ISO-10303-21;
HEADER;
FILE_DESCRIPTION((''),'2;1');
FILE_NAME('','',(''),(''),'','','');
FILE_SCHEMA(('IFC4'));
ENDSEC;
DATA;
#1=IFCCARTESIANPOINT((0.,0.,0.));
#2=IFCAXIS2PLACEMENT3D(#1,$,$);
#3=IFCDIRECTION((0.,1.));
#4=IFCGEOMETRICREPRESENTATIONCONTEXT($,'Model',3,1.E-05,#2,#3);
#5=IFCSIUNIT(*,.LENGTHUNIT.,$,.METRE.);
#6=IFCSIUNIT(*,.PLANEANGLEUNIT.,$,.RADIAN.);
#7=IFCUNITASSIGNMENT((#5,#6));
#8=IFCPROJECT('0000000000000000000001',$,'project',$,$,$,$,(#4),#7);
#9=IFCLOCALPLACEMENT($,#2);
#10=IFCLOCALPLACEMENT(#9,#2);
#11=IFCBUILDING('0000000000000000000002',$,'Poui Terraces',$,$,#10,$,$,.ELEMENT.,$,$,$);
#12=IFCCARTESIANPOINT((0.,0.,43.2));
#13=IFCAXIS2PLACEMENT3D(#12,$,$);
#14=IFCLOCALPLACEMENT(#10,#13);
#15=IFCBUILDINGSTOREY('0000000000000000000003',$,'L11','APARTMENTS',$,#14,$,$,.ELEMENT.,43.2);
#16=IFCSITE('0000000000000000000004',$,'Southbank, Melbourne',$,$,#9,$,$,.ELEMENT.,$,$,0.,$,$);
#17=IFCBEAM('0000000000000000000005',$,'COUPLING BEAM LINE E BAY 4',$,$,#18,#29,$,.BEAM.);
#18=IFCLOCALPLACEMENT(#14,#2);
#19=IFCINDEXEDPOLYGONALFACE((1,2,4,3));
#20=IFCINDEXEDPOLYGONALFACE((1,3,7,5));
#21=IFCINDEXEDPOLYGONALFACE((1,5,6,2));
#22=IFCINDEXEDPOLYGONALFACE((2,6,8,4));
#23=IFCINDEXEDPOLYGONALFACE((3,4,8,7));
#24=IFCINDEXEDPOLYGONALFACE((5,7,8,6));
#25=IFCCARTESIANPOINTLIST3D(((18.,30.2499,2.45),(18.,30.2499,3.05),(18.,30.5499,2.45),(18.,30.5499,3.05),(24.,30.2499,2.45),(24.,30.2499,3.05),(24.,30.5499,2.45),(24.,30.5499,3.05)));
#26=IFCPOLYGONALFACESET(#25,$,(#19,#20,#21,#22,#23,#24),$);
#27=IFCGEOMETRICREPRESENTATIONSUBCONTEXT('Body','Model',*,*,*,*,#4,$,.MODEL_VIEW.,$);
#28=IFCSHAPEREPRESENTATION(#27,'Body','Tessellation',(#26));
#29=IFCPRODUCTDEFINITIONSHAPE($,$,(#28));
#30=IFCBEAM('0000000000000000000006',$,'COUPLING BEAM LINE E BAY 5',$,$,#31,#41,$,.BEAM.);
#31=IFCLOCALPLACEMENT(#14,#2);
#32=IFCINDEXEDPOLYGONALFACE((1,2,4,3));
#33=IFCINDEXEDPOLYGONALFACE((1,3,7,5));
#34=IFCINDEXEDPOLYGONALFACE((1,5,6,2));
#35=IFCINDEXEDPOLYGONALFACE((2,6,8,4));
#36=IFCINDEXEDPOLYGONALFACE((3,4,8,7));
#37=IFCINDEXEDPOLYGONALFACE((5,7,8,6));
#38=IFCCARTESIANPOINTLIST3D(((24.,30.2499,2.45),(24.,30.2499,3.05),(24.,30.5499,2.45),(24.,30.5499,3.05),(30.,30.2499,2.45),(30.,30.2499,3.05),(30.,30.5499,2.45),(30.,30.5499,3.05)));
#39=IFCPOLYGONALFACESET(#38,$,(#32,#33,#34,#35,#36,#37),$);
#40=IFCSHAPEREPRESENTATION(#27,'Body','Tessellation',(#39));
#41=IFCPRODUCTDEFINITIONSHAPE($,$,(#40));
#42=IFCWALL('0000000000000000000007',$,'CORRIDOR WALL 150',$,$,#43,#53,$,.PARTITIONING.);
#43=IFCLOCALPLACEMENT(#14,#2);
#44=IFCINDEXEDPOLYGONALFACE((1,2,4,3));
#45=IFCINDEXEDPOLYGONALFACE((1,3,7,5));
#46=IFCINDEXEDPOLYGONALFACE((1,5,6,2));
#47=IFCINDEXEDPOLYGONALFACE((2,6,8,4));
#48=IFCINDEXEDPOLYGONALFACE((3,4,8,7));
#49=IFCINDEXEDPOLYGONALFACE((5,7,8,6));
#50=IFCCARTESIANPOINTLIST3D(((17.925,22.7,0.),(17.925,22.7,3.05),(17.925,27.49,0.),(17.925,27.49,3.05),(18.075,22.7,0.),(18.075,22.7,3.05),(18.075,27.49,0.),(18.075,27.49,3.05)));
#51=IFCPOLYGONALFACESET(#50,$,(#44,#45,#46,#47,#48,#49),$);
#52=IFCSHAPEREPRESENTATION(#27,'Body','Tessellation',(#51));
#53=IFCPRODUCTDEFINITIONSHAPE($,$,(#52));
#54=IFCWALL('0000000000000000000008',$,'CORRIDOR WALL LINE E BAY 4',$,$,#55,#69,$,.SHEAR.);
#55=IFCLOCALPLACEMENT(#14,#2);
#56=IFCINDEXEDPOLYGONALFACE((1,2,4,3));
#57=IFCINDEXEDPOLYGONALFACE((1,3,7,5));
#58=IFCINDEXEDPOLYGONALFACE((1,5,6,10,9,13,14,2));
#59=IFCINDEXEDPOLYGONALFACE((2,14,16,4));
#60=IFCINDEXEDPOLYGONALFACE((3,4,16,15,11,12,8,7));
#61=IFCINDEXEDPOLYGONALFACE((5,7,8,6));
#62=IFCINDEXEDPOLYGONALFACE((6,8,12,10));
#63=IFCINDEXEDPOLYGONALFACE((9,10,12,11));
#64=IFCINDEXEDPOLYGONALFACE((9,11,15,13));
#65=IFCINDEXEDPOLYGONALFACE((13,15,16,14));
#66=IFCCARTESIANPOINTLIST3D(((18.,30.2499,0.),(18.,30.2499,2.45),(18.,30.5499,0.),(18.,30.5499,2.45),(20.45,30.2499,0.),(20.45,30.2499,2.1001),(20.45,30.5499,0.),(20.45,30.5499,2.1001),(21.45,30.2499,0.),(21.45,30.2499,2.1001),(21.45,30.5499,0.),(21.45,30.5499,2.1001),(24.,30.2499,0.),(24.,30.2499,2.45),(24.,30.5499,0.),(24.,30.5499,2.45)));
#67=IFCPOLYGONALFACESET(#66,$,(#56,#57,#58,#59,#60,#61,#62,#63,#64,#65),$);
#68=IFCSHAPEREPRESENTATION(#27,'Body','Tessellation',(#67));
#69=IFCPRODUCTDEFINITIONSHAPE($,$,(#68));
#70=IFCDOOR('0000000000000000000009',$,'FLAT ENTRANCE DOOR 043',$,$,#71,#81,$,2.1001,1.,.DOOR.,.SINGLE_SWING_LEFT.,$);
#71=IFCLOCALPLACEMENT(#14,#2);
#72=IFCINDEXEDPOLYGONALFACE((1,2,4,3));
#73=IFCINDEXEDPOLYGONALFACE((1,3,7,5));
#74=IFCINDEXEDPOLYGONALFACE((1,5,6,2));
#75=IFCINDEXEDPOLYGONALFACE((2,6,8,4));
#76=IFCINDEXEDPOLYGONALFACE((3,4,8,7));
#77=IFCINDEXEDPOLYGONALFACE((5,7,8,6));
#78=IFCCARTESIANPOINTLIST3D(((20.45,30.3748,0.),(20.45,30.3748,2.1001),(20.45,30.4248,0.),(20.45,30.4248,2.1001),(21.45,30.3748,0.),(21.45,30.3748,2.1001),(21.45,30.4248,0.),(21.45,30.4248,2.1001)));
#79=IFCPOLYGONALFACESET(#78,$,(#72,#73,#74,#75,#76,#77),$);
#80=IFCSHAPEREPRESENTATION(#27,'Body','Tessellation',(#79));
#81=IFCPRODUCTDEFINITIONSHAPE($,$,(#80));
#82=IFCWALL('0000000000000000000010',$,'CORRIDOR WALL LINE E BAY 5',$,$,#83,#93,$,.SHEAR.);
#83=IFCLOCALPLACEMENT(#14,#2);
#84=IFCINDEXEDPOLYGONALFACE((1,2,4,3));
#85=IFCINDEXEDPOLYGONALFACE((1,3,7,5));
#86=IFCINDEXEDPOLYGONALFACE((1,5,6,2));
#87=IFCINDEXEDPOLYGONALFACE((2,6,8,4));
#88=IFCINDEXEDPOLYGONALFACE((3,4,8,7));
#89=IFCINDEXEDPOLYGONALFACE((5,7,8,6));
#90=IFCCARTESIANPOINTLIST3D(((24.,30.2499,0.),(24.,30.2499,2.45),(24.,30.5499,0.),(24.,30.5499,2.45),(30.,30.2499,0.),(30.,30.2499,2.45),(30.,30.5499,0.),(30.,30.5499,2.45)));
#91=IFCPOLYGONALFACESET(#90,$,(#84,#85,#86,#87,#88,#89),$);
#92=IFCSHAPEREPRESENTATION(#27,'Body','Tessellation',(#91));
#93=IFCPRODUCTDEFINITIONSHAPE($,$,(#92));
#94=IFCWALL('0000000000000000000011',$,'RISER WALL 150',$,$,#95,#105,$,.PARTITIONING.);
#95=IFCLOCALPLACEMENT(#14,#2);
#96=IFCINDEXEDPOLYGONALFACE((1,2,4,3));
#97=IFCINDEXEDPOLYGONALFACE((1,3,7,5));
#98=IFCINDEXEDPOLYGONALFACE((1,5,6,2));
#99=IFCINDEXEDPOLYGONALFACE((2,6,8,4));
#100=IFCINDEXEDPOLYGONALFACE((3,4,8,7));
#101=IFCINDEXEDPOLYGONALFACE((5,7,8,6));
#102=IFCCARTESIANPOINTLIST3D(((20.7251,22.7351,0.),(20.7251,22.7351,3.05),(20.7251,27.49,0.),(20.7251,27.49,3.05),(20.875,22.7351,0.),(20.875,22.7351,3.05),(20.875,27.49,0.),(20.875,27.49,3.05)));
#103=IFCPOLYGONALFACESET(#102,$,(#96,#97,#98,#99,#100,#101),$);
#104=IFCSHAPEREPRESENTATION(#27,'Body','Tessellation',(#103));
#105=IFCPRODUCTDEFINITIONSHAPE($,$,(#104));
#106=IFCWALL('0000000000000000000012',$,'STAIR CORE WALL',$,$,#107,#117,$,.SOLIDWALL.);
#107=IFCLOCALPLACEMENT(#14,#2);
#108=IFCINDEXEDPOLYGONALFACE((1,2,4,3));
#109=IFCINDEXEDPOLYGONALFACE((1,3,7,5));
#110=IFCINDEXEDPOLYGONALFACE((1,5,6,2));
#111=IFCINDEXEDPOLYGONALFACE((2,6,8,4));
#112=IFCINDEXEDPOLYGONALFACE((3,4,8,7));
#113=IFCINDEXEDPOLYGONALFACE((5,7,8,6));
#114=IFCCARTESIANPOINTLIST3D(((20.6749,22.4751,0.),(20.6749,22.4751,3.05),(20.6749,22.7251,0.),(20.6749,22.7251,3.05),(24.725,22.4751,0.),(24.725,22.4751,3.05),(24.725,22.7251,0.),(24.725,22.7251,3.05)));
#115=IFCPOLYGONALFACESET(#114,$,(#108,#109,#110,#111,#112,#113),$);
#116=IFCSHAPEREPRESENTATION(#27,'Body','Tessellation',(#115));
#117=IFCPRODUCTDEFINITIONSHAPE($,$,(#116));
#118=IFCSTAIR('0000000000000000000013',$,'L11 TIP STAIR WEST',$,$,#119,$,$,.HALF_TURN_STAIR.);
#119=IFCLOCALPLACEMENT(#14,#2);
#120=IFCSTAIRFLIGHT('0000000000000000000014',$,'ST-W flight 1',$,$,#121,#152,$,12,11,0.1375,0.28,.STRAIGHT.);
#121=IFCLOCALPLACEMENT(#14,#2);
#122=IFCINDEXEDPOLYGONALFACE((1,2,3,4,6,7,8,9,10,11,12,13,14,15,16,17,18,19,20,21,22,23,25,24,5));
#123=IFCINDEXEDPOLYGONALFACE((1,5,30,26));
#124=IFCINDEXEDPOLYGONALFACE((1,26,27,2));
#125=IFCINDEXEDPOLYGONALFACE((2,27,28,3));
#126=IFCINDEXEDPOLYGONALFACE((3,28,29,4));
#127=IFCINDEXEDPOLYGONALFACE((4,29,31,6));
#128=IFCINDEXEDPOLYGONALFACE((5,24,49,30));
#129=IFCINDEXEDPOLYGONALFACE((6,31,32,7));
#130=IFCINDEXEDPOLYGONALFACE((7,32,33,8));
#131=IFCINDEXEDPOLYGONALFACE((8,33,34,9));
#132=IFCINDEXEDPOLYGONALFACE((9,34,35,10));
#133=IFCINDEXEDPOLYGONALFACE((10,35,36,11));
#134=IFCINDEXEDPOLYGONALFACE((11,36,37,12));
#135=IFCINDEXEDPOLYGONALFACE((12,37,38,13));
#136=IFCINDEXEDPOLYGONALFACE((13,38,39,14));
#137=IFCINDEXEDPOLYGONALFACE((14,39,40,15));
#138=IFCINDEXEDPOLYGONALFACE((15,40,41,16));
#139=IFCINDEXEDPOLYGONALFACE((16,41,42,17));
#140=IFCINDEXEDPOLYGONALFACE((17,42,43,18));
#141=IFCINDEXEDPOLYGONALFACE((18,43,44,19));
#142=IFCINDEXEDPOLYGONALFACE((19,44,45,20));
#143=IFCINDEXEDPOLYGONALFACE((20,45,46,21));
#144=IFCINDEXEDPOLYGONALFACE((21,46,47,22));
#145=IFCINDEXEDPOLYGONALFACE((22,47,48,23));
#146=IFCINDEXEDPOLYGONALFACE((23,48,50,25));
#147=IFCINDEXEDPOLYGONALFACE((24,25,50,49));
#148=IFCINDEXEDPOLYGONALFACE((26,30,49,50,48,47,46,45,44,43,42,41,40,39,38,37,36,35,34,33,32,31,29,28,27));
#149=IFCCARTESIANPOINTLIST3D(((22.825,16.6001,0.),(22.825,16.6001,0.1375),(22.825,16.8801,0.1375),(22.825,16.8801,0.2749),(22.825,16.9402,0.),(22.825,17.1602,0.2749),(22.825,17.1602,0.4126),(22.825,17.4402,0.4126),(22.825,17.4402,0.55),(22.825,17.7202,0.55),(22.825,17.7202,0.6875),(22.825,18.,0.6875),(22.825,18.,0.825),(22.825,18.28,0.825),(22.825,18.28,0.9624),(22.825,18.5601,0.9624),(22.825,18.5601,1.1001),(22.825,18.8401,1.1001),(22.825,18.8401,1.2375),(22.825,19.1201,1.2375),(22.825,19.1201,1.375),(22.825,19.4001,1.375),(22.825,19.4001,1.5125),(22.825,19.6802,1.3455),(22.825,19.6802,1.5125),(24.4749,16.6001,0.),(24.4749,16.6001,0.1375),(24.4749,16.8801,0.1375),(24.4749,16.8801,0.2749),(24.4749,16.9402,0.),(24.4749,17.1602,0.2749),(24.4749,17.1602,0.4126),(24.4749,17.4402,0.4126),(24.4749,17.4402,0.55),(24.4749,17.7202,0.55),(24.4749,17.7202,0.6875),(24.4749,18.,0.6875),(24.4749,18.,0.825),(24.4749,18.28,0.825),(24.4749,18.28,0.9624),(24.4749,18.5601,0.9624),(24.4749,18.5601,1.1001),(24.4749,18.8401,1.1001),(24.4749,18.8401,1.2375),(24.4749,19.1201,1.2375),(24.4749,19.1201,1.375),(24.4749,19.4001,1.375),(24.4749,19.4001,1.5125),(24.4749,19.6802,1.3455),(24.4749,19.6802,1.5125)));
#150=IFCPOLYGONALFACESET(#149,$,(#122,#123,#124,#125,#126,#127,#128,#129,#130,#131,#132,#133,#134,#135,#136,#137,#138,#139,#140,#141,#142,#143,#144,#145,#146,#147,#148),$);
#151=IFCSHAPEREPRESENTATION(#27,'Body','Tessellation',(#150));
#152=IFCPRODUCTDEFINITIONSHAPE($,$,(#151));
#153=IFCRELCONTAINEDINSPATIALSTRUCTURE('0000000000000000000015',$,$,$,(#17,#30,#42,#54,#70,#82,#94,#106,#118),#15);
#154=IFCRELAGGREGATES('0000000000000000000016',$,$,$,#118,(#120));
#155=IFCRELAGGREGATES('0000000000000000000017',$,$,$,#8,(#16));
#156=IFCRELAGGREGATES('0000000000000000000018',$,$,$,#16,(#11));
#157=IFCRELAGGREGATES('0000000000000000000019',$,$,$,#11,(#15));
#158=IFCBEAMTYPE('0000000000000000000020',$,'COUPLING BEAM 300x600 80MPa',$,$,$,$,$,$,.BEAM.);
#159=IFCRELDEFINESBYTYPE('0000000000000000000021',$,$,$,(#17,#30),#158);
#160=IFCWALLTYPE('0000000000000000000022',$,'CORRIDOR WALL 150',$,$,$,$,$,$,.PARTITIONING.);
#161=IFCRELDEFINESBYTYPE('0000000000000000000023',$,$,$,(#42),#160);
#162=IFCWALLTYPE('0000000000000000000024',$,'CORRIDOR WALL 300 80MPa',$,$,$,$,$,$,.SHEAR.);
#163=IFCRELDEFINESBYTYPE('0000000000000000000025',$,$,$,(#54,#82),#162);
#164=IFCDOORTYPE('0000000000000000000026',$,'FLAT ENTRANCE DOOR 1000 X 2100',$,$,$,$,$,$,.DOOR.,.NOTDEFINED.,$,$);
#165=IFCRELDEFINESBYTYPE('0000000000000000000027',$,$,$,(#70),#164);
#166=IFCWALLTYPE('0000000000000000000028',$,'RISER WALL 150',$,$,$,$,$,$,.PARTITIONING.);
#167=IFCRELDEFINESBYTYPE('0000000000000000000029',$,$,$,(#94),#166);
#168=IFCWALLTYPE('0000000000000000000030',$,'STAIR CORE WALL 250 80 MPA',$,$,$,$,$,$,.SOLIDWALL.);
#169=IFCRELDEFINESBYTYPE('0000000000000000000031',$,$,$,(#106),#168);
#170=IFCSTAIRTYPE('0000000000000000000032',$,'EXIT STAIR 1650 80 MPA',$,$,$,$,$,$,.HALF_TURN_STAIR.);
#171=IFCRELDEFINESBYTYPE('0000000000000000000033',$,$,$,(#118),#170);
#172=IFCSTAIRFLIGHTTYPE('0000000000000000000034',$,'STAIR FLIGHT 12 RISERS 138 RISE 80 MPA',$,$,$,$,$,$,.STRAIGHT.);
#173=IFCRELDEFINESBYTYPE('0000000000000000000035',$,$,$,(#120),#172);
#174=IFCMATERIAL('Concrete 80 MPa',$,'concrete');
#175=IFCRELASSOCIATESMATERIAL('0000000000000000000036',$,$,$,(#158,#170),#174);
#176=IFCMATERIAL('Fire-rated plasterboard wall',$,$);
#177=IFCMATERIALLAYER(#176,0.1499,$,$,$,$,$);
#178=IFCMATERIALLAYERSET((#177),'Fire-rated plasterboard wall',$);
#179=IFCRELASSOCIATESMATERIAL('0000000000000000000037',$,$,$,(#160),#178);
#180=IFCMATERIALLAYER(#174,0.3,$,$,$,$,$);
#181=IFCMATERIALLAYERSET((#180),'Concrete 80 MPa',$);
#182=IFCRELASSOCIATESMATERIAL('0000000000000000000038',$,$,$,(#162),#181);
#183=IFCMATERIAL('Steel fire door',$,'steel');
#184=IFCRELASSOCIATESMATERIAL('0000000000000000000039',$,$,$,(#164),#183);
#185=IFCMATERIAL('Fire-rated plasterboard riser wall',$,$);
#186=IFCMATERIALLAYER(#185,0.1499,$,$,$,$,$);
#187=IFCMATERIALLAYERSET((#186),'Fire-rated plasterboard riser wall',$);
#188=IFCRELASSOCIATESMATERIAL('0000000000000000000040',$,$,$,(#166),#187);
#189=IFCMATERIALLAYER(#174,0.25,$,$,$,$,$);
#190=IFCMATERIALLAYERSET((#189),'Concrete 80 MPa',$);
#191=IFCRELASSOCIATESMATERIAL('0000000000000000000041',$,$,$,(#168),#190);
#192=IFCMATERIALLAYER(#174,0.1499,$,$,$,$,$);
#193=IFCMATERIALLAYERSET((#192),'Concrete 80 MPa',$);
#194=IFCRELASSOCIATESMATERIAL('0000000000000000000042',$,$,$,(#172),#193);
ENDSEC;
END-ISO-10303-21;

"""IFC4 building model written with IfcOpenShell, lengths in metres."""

from ifc_helpers import new_model, si_unit, direction, frame, frame_2d, origin, origin_2d, place, context, subcontext, project, spatial, polyline, rectangle, outline, extrude, source, transform, mapped, material, layer, layer_set, material_profile, profile_set, type_object, element, fill, aggregate, save


model = new_model("IFC4")

# Units and contexts
model_context = context("Model", 3, precision=1e-05, world=origin(), true_north=direction((0.0, 1.0)))
body_context = subcontext(model_context, "Body", "Model", "MODEL_VIEW")
ifc_project = project(units=[si_unit("LENGTHUNIT", "METRE"), si_unit("PLANEANGLEUNIT", "RADIAN")], contexts=[model_context])

# Site, building, storey
site_placement = place(None, origin())
site = spatial("IfcSite", under=ifc_project, at=site_placement, Name="Southbank, Melbourne", CompositionType="ELEMENT", RefElevation=0.0)
building_placement = place(site_placement, origin())
building = spatial("IfcBuilding", under=site, at=building_placement, Name="Poui Terraces", CompositionType="ELEMENT")
storey_placement = place(building_placement, frame((0.0, 0.0, 43.2)))
storey = spatial("IfcBuildingStorey", under=building, at=storey_placement, Name="L11", Description="APARTMENTS", CompositionType="ELEMENT", Elevation=43.2)

# Beams
ifc_material_1 = material(Name="Concrete 80 MPa", Category="concrete")
ifc_material_profile = material_profile(ifc_material_1, rectangle(XDim=0.3, YDim=0.6001, at=origin_2d()), Name="RC 300x600")
ifc_profile_set = profile_set([ifc_material_profile], Name="Concrete 80 MPa")
beam_type = type_object("IfcBeamType", Name="COUPLING BEAM 300x600 80MPa", PredefinedType="BEAM", material=ifc_profile_set)
shared_shape = source(origin(), body_context, "Body", "SweptSolid", [
    extrude(rectangle(XDim=0.3, YDim=0.6001, at=origin_2d()), origin(), (0.0, 0.0, 1.0), 6.0),
])
for number, where, z_axis, x_axis, name in (
    (1, (18.0, 30.3999, 2.75), (1.0, 0.0, 0.0), (0.0, 1.0, 0.0), "COUPLING BEAM LINE E BAY 4"),
    (2, (24.0, 30.3999, 2.75), (1.0, 0.0, 0.0), (0.0, 1.0, 0.0), "COUPLING BEAM LINE E BAY 5"),
):
    element("IfcBeam", number, at=place(storey_placement, frame(where, z_axis=z_axis, x_axis=x_axis)), inside=storey, type_object=beam_type, Name=name, PredefinedType="BEAM", context=body_context, shape_type="MappedRepresentation", body=[
        mapped(shared_shape, transform((0.0, 0.0, 0.0))),
    ])

# Wall
ifc_material_2 = material(Name="Fire-rated plasterboard wall")
ifc_layer_1 = layer(ifc_material_2, 0.1499)
ifc_layer_set_1 = layer_set([ifc_layer_1], Name="Fire-rated plasterboard wall")
wall_type_1 = type_object("IfcWallType", Name="CORRIDOR WALL 150", PredefinedType="PARTITIONING", material=ifc_layer_set_1)
wall_1_placement = place(storey_placement, frame((18.0, 22.7, 0.0), z_axis=(0.0, 0.0, 1.0), x_axis=(0.0, 1.0, 0.0)))
element("IfcWall", 3, at=wall_1_placement, inside=storey, type_object=wall_type_1, Name="CORRIDOR WALL 150", PredefinedType="PARTITIONING", context=body_context, shape_type="SweptSolid", body=[
    extrude(rectangle(XDim=4.79, YDim=0.1499, at=frame_2d((2.395, 0.0))), origin(), (0.0, 0.0, 1.0), 3.05),
])

# Wall, opening, door
ifc_layer_2 = layer(ifc_material_1, 0.3)
ifc_layer_set_2 = layer_set([ifc_layer_2], Name="Concrete 80 MPa")
wall_type_2 = type_object("IfcWallType", Name="CORRIDOR WALL 300 80MPa", PredefinedType="SHEAR", material=ifc_layer_set_2)
wall_2_placement = place(storey_placement, frame((18.0, 30.3999, 0.0), z_axis=(0.0, 0.0, 1.0), x_axis=(1.0, 0.0, 0.0)))
wall_2 = element("IfcWall", 4, at=wall_2_placement, inside=storey, type_object=wall_type_2, Name="CORRIDOR WALL LINE E BAY 4", PredefinedType="SHEAR", context=body_context, shape_type="SweptSolid", body=[
    extrude(rectangle(XDim=6.0, YDim=0.3, at=frame_2d((3.0, 0.0))), origin(), (0.0, 0.0, 1.0), 2.45),
])
opening_placement = place(wall_2_placement, frame((2.45, 0.0, 0.0)))
opening = element("IfcOpeningElement", 5, at=opening_placement, cuts=wall_2, PredefinedType="OPENING", context=body_context, shape_type="SweptSolid", body=[
    extrude(rectangle(XDim=1.0, YDim=2.1001, at=frame_2d((0.5, 1.05))), frame((0.0, 0.1602, 0.0), z_axis=(0.0, -1.0, 0.0), x_axis=(1.0, 0.0, 0.0)), (0.0, 0.0, 1.0), 0.3201),
])
ifc_material_3 = material(Name="Steel fire door", Category="steel")
door_type = type_object("IfcDoorType", Name="FLAT ENTRANCE DOOR 1000 X 2100", OperationType="NOTDEFINED", PredefinedType="DOOR", material=ifc_material_3)
door_placement = place(opening_placement, origin())
door = element("IfcDoor", 6, at=door_placement, inside=storey, type_object=door_type, Name="FLAT ENTRANCE DOOR 043", OperationType="SINGLE_SWING_LEFT", OverallHeight=2.1001, OverallWidth=1.0, PredefinedType="DOOR", context=body_context, shape_type="SweptSolid", body=[
    extrude(rectangle(XDim=1.0, YDim=2.1001, at=frame_2d((0.5, 1.05))), frame((0.0, 0.0249, 0.0), z_axis=(0.0, -1.0, 0.0), x_axis=(1.0, 0.0, 0.0)), (0.0, 0.0, 1.0), 0.05),
])
fill(opening, door)

# Walls
wall_3_placement = place(storey_placement, frame((24.0, 30.3999, 0.0), z_axis=(0.0, 0.0, 1.0), x_axis=(1.0, 0.0, 0.0)))
element("IfcWall", 7, at=wall_3_placement, inside=storey, type_object=wall_type_2, Name="CORRIDOR WALL LINE E BAY 5", PredefinedType="SHEAR", context=body_context, shape_type="SweptSolid", body=[
    extrude(rectangle(XDim=6.0, YDim=0.3, at=frame_2d((3.0, 0.0))), origin(), (0.0, 0.0, 1.0), 2.45),
])
ifc_material_4 = material(Name="Fire-rated plasterboard riser wall")
ifc_layer_3 = layer(ifc_material_4, 0.1499)
ifc_layer_set_3 = layer_set([ifc_layer_3], Name="Fire-rated plasterboard riser wall")
wall_type_3 = type_object("IfcWallType", Name="RISER WALL 150", PredefinedType="PARTITIONING", material=ifc_layer_set_3)
wall_4_placement = place(storey_placement, frame((20.8, 22.7351, 0.0), z_axis=(0.0, 0.0, 1.0), x_axis=(0.0, 1.0, 0.0)))
element("IfcWall", 8, at=wall_4_placement, inside=storey, type_object=wall_type_3, Name="RISER WALL 150", PredefinedType="PARTITIONING", context=body_context, shape_type="SweptSolid", body=[
    extrude(rectangle(XDim=4.7549, YDim=0.1499, at=frame_2d((2.3774, 0.0))), origin(), (0.0, 0.0, 1.0), 3.05),
])
ifc_layer_4 = layer(ifc_material_1, 0.25)
ifc_layer_set_4 = layer_set([ifc_layer_4], Name="Concrete 80 MPa")
wall_type_4 = type_object("IfcWallType", Name="STAIR CORE WALL 250 80 MPA", PredefinedType="SOLIDWALL", material=ifc_layer_set_4)
wall_5_placement = place(storey_placement, frame((20.675, 22.6001, 0.0), z_axis=(0.0, 0.0, 1.0), x_axis=(1.0, 0.0, 0.0)))
element("IfcWall", 9, at=wall_5_placement, inside=storey, type_object=wall_type_4, Name="STAIR CORE WALL", PredefinedType="SOLIDWALL", context=body_context, shape_type="SweptSolid", body=[
    extrude(rectangle(XDim=4.05, YDim=0.25, at=frame_2d((2.0249, 0.0))), origin(), (0.0, 0.0, 1.0), 3.05),
])

# Stair, stair flight
stair_type = type_object("IfcStairType", Name="EXIT STAIR 1650 80 MPA", PredefinedType="HALF_TURN_STAIR", material=ifc_material_1)
stair_placement = place(storey_placement, origin())
stair = element("IfcStair", 10, at=stair_placement, inside=storey, type_object=stair_type, Name="L11 TIP STAIR WEST", PredefinedType="HALF_TURN_STAIR")
ifc_layer_5 = layer(ifc_material_1, 0.1499)
ifc_layer_set_5 = layer_set([ifc_layer_5], Name="Concrete 80 MPa")
stair_flight_type = type_object("IfcStairFlightType", Name="STAIR FLIGHT 12 RISERS 138 RISE 80 MPA", PredefinedType="STRAIGHT", material=ifc_layer_set_5)
stair_flight_1_placement = place(storey_placement, frame((23.6499, 16.6001, 0.0), z_axis=(0.0, 0.0, 1.0), x_axis=(0.0, 1.0, 0.0)))
stair_flight_1 = element("IfcStairFlight", 11, at=stair_flight_1_placement, type_object=stair_flight_type, Name="ST-W flight 1", NumberOfRisers=12, NumberOfTreads=11, PredefinedType="STRAIGHT", RiserHeight=0.1375, TreadLength=0.28, context=body_context, shape_type="SweptSolid", body=[
    extrude(outline(polyline([(0.0, 0.0), (0.0, 0.1375), (0.28, 0.1375), (0.28, 0.2749), (0.5601, 0.2749), (0.5601, 0.4126), (0.8401, 0.4126), (0.8401, 0.55), (1.1201, 0.55), (1.1201, 0.6875), (1.3999, 0.6875), (1.3999, 0.825), (1.6799, 0.825), (1.6799, 0.9624), (1.96, 0.9624), (1.96, 1.1001), (2.24, 1.1001), (2.24, 1.2375), (2.52, 1.2375), (2.52, 1.375), (2.8, 1.375), (2.8, 1.5125), (3.0801, 1.5125), (3.0801, 1.6499), (3.0801, 1.3455), (0.3401, 0.0), (0.0, 0.0)])), frame((0.0, 0.825, 0.0), z_axis=(0.0, -1.0, 0.0), x_axis=(1.0, 0.0, 0.0)), (0.0, 0.0, 1.0), 1.6499),
])
aggregate(stair, [stair_flight_1])

save(model, "model.ifc")
